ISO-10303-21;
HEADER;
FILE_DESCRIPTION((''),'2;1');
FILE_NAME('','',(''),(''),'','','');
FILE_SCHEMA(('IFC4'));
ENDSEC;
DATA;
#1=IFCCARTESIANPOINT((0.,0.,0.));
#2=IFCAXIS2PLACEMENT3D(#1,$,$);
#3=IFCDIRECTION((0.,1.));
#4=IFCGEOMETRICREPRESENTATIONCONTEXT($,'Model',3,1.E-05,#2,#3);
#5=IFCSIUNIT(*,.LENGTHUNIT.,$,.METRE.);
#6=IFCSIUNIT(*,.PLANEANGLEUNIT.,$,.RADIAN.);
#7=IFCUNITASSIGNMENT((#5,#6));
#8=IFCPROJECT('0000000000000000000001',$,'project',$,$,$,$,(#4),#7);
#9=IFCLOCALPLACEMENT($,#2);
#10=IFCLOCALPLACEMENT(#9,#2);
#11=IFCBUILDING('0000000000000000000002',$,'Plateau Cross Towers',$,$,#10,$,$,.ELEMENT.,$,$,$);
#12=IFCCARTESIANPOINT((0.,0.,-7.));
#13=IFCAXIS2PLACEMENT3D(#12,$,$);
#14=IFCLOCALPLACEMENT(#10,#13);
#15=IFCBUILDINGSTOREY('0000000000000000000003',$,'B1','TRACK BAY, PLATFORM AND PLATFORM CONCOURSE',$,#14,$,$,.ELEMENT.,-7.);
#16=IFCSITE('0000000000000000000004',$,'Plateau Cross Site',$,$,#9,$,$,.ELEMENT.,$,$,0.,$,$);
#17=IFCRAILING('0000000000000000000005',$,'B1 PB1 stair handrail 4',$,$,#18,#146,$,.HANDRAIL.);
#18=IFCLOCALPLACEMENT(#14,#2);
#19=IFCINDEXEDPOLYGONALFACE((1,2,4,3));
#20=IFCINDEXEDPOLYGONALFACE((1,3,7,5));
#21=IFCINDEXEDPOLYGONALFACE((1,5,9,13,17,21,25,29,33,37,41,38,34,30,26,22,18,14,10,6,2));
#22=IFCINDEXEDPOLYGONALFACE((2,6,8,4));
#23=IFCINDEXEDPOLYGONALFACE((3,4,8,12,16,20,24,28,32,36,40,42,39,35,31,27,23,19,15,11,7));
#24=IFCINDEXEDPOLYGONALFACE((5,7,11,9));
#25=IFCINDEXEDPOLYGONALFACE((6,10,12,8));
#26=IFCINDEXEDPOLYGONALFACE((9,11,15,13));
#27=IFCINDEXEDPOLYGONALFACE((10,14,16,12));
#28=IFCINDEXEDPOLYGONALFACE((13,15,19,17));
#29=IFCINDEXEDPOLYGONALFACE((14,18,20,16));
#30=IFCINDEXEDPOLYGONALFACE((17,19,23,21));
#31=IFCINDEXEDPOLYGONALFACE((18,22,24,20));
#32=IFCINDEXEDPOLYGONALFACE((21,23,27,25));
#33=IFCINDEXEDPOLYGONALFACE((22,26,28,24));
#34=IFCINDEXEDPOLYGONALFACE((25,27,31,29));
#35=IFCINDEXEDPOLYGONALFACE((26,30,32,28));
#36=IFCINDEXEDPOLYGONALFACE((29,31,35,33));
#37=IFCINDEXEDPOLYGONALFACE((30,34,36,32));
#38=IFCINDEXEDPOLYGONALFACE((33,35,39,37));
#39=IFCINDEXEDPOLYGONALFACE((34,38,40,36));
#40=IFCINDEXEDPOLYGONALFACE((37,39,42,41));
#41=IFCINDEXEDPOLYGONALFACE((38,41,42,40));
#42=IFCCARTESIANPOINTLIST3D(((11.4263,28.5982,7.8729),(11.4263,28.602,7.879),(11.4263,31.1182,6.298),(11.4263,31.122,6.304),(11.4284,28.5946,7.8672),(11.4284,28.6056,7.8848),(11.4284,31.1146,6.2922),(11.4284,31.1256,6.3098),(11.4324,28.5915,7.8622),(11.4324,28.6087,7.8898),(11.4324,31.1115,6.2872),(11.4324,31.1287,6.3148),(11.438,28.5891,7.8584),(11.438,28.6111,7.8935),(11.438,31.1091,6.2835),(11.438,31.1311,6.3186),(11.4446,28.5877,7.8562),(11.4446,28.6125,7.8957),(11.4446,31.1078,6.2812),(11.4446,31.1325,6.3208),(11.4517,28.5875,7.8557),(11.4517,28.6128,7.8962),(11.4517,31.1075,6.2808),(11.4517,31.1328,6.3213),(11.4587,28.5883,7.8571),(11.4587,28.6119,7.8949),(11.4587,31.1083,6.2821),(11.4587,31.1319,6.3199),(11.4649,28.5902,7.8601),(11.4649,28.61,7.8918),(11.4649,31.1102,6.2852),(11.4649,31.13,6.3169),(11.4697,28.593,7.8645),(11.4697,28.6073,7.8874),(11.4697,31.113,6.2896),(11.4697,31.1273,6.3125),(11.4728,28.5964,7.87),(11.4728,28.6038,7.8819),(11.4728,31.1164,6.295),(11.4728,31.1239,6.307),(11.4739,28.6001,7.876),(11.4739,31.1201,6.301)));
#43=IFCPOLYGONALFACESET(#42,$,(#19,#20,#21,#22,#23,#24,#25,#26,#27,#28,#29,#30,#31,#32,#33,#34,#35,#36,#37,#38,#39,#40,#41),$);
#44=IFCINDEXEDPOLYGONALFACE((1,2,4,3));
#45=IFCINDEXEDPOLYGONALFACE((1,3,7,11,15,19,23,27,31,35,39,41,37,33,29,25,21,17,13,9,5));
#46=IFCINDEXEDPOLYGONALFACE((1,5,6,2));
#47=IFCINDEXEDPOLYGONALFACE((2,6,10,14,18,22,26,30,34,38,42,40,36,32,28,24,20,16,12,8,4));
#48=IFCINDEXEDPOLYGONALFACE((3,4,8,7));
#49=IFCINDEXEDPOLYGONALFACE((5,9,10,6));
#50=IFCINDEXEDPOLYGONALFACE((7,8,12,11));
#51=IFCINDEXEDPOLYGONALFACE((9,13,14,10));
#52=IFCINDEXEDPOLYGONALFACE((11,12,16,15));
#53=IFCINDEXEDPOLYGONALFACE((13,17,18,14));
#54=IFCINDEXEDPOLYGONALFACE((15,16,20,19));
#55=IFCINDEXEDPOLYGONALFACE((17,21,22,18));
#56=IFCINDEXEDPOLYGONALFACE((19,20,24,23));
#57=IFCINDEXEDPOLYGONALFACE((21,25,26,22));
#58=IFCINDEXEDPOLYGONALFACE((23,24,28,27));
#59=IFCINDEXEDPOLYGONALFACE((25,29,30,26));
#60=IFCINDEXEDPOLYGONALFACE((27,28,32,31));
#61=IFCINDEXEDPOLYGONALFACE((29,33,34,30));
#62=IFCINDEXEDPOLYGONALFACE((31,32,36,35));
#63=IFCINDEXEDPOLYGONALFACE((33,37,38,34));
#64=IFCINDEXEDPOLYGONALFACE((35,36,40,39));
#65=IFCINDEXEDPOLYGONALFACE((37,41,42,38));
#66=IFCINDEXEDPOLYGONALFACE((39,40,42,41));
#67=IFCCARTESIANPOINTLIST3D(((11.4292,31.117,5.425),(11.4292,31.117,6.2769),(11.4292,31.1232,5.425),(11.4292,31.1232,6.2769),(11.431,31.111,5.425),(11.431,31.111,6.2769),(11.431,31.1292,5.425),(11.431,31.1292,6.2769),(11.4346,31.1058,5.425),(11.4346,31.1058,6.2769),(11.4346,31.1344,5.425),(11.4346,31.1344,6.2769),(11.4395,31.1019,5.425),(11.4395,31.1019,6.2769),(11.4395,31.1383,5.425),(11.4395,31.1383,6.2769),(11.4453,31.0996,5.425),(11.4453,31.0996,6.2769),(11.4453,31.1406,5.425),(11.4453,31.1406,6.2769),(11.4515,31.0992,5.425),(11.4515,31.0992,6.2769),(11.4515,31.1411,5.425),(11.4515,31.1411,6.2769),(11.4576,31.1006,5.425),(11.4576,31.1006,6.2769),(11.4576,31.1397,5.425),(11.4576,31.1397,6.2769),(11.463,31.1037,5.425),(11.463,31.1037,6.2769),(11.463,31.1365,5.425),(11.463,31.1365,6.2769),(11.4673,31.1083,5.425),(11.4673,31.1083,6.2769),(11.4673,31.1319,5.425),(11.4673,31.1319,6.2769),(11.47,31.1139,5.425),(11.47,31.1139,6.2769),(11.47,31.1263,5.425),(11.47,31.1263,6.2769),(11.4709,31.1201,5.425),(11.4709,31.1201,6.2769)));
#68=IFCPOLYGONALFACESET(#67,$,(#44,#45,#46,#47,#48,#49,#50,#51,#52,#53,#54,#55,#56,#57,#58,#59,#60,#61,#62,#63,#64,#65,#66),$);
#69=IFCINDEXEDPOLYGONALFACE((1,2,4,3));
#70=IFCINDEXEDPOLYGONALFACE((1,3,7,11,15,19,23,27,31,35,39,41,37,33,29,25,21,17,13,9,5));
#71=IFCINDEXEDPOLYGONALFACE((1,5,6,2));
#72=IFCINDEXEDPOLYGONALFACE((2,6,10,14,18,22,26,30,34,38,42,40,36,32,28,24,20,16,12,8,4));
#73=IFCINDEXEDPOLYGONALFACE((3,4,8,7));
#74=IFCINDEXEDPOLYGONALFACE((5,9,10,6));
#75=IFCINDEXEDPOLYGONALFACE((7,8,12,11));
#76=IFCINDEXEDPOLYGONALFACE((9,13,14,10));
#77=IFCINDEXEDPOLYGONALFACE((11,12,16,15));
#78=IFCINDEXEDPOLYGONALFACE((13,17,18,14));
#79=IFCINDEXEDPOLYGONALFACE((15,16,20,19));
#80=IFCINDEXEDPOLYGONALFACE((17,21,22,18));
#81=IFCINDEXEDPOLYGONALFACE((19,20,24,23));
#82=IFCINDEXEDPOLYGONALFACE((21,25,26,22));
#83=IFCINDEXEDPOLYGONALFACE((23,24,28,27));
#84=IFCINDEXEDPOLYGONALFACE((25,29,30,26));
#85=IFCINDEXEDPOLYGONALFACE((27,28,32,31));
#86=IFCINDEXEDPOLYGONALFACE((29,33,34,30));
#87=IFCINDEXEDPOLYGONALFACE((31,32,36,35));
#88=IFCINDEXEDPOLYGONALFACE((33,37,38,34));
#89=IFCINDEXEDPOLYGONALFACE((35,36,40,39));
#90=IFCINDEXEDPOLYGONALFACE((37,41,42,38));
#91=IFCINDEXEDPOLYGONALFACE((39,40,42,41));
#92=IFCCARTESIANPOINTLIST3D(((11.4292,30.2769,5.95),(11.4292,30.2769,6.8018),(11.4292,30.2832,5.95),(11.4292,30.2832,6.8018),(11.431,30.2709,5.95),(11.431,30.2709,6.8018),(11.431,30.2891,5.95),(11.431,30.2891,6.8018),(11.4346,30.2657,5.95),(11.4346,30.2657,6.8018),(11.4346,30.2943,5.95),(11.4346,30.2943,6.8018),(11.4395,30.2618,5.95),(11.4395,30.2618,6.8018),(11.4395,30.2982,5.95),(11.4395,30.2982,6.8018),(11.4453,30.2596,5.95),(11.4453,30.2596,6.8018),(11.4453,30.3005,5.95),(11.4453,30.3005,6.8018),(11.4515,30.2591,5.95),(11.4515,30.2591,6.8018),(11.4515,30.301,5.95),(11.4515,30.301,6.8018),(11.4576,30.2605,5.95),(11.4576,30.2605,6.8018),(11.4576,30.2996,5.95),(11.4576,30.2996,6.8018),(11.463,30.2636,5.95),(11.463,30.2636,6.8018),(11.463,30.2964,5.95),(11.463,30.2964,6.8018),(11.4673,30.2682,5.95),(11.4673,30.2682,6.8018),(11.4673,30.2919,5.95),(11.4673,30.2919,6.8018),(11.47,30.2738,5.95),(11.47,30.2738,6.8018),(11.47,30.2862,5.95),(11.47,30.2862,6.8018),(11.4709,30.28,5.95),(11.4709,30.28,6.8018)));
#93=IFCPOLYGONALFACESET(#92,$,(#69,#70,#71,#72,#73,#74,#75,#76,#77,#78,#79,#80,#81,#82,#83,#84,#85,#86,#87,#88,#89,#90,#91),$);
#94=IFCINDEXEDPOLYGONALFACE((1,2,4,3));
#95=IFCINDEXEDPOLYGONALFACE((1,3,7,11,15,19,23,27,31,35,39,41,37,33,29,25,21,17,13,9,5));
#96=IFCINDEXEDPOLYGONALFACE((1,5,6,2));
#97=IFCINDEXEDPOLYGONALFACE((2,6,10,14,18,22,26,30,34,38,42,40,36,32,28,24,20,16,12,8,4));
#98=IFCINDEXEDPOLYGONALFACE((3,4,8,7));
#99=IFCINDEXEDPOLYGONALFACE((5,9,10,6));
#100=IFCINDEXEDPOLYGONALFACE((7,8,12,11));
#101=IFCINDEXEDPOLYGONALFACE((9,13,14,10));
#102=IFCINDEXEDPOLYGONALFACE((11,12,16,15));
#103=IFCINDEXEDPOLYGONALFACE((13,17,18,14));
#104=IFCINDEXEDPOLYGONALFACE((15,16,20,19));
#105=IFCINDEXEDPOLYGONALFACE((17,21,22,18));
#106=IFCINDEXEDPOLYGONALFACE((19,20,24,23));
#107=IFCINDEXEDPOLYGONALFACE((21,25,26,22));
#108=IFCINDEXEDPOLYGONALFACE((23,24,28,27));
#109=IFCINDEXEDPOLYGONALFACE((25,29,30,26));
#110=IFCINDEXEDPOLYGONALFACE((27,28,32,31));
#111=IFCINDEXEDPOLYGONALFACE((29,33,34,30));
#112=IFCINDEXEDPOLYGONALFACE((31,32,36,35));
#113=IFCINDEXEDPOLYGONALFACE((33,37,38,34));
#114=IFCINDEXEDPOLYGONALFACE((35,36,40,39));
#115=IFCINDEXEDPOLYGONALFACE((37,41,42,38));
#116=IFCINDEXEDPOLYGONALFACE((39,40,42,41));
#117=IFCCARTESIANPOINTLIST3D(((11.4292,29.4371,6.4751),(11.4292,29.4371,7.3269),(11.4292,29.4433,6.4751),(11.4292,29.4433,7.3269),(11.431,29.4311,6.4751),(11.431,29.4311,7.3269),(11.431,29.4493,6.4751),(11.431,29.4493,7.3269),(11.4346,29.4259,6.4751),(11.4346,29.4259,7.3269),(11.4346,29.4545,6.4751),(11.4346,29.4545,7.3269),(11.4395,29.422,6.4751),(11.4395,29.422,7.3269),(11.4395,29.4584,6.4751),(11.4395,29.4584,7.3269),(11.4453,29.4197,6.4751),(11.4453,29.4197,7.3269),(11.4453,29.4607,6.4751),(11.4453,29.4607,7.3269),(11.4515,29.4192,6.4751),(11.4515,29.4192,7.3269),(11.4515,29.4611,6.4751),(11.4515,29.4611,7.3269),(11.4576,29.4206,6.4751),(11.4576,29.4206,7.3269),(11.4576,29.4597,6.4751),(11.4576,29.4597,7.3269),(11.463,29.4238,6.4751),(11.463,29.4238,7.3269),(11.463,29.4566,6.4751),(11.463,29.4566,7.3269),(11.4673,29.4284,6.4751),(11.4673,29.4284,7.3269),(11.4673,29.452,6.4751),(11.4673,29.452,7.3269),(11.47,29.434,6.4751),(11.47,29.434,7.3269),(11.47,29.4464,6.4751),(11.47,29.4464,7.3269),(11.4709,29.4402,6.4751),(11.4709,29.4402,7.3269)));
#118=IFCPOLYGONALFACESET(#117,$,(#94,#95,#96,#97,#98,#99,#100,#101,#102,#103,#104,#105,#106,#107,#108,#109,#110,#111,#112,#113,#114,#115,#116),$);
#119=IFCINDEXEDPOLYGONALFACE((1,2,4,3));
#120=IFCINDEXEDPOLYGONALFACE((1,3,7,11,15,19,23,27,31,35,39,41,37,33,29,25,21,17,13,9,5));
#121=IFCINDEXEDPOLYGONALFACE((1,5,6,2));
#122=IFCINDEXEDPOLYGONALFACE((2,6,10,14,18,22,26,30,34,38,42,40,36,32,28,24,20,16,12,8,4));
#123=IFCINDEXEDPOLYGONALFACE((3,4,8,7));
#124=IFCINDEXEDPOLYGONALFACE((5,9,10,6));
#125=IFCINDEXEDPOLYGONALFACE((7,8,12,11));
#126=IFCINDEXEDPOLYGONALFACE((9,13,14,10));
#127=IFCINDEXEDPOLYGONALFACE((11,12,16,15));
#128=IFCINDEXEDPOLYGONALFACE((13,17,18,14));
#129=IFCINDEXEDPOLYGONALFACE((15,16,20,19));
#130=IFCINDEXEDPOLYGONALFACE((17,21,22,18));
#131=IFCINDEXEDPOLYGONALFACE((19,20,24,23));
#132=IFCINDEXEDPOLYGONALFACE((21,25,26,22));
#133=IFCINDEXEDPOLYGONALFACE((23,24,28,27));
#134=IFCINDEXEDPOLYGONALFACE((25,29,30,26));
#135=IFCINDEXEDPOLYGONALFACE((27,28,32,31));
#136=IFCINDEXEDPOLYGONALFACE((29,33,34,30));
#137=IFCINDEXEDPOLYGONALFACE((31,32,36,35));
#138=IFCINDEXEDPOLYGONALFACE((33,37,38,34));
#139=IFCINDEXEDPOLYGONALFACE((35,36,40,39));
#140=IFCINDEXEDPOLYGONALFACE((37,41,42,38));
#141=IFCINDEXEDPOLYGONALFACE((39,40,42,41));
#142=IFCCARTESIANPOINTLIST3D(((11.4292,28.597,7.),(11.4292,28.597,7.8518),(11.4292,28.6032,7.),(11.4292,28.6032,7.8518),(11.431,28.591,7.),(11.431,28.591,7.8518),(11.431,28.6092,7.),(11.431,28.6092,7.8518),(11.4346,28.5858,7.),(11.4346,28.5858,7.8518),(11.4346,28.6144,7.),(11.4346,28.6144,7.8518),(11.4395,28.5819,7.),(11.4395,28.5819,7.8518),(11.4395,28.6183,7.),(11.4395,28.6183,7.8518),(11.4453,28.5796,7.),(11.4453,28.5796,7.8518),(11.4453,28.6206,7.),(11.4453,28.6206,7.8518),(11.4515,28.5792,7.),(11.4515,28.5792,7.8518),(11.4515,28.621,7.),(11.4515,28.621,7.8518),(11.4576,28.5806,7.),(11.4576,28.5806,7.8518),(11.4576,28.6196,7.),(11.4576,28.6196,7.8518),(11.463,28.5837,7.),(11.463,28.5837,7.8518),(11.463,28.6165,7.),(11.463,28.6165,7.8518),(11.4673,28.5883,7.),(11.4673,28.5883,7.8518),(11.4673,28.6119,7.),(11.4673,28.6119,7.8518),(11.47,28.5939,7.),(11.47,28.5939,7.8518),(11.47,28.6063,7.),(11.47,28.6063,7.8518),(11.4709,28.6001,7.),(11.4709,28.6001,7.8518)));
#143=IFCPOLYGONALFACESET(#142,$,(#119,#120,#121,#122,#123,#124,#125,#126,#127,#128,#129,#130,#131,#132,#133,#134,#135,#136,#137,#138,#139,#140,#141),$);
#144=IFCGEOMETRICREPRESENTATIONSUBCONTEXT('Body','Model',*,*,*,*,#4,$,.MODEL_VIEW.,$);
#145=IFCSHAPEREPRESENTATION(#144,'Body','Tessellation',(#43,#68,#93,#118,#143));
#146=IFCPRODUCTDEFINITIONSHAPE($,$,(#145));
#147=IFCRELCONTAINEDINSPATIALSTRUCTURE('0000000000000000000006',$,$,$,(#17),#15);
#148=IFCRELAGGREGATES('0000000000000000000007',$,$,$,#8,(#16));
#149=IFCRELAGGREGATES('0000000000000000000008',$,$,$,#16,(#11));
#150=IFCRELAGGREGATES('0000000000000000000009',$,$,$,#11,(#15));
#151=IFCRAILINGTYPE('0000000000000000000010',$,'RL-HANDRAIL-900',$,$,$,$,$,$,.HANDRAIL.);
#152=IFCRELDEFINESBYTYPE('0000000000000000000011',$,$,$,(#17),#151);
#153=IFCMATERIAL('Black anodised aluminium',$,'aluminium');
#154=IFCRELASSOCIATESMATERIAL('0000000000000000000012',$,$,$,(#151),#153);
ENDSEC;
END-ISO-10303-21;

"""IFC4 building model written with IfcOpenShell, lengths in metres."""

from ifc_helpers import new_model, si_unit, direction, frame, origin, origin_2d, place, context, subcontext, project, spatial, circle, extrude, material, type_object, element, save


model = new_model("IFC4")

# Units and contexts
model_context = context("Model", 3, precision=1e-05, world=origin(), true_north=direction((0.0, 1.0)))
body_context = subcontext(model_context, "Body", "Model", "MODEL_VIEW")
ifc_project = project(units=[si_unit("LENGTHUNIT", "METRE"), si_unit("PLANEANGLEUNIT", "RADIAN")], contexts=[model_context])

# Site, building, storey
site_placement = place(None, origin())
site = spatial("IfcSite", under=ifc_project, at=site_placement, Name="Plateau Cross Site", CompositionType="ELEMENT", RefElevation=0.0)
building_placement = place(site_placement, origin())
building = spatial("IfcBuilding", under=site, at=building_placement, Name="Plateau Cross Towers", CompositionType="ELEMENT")
storey_placement = place(building_placement, frame((0.0, 0.0, -7.0)))
storey = spatial("IfcBuildingStorey", under=building, at=storey_placement, Name="B1", Description="TRACK BAY, PLATFORM AND PLATFORM CONCOURSE", CompositionType="ELEMENT", Elevation=-7.0)

# Railing
ifc_material_1 = material(Name="Black anodised aluminium", Category="aluminium")
railing_type_1 = type_object("IfcRailingType", Name="RL-HANDRAIL-900", PredefinedType="HANDRAIL", material=ifc_material_1)
railing_1_placement = place(storey_placement, frame((11.45, 31.1201, 5.425)))
element("IfcRailing", 1, at=railing_1_placement, inside=storey, type_object=railing_type_1, Name="B1 PB1 stair handrail 4", PredefinedType="HANDRAIL", context=body_context, shape_type="SweptSolid", body=[
    extrude(circle(Radius=0.0239, at=origin_2d()), frame((0.0, 0.0, 0.876), z_axis=(0.0, -0.848008, 0.529984), x_axis=(1.0, 0.0, 0.0)), (0.0, 0.0, 1.0), 2.9717),
    extrude(circle(Radius=0.021, at=origin_2d()), origin(), (0.0, 0.0, 1.0), 0.8518),
    extrude(circle(Radius=0.021, at=origin_2d()), frame((0.0, -0.8401, 0.5249)), (0.0, 0.0, 1.0), 0.8518),
    extrude(circle(Radius=0.021, at=origin_2d()), frame((0.0, -1.6799, 1.05)), (0.0, 0.0, 1.0), 0.8518),
    extrude(circle(Radius=0.021, at=origin_2d()), frame((0.0, -2.52, 1.575)), (0.0, 0.0, 1.0), 0.8518),
])

save(model, "model.ifc")
